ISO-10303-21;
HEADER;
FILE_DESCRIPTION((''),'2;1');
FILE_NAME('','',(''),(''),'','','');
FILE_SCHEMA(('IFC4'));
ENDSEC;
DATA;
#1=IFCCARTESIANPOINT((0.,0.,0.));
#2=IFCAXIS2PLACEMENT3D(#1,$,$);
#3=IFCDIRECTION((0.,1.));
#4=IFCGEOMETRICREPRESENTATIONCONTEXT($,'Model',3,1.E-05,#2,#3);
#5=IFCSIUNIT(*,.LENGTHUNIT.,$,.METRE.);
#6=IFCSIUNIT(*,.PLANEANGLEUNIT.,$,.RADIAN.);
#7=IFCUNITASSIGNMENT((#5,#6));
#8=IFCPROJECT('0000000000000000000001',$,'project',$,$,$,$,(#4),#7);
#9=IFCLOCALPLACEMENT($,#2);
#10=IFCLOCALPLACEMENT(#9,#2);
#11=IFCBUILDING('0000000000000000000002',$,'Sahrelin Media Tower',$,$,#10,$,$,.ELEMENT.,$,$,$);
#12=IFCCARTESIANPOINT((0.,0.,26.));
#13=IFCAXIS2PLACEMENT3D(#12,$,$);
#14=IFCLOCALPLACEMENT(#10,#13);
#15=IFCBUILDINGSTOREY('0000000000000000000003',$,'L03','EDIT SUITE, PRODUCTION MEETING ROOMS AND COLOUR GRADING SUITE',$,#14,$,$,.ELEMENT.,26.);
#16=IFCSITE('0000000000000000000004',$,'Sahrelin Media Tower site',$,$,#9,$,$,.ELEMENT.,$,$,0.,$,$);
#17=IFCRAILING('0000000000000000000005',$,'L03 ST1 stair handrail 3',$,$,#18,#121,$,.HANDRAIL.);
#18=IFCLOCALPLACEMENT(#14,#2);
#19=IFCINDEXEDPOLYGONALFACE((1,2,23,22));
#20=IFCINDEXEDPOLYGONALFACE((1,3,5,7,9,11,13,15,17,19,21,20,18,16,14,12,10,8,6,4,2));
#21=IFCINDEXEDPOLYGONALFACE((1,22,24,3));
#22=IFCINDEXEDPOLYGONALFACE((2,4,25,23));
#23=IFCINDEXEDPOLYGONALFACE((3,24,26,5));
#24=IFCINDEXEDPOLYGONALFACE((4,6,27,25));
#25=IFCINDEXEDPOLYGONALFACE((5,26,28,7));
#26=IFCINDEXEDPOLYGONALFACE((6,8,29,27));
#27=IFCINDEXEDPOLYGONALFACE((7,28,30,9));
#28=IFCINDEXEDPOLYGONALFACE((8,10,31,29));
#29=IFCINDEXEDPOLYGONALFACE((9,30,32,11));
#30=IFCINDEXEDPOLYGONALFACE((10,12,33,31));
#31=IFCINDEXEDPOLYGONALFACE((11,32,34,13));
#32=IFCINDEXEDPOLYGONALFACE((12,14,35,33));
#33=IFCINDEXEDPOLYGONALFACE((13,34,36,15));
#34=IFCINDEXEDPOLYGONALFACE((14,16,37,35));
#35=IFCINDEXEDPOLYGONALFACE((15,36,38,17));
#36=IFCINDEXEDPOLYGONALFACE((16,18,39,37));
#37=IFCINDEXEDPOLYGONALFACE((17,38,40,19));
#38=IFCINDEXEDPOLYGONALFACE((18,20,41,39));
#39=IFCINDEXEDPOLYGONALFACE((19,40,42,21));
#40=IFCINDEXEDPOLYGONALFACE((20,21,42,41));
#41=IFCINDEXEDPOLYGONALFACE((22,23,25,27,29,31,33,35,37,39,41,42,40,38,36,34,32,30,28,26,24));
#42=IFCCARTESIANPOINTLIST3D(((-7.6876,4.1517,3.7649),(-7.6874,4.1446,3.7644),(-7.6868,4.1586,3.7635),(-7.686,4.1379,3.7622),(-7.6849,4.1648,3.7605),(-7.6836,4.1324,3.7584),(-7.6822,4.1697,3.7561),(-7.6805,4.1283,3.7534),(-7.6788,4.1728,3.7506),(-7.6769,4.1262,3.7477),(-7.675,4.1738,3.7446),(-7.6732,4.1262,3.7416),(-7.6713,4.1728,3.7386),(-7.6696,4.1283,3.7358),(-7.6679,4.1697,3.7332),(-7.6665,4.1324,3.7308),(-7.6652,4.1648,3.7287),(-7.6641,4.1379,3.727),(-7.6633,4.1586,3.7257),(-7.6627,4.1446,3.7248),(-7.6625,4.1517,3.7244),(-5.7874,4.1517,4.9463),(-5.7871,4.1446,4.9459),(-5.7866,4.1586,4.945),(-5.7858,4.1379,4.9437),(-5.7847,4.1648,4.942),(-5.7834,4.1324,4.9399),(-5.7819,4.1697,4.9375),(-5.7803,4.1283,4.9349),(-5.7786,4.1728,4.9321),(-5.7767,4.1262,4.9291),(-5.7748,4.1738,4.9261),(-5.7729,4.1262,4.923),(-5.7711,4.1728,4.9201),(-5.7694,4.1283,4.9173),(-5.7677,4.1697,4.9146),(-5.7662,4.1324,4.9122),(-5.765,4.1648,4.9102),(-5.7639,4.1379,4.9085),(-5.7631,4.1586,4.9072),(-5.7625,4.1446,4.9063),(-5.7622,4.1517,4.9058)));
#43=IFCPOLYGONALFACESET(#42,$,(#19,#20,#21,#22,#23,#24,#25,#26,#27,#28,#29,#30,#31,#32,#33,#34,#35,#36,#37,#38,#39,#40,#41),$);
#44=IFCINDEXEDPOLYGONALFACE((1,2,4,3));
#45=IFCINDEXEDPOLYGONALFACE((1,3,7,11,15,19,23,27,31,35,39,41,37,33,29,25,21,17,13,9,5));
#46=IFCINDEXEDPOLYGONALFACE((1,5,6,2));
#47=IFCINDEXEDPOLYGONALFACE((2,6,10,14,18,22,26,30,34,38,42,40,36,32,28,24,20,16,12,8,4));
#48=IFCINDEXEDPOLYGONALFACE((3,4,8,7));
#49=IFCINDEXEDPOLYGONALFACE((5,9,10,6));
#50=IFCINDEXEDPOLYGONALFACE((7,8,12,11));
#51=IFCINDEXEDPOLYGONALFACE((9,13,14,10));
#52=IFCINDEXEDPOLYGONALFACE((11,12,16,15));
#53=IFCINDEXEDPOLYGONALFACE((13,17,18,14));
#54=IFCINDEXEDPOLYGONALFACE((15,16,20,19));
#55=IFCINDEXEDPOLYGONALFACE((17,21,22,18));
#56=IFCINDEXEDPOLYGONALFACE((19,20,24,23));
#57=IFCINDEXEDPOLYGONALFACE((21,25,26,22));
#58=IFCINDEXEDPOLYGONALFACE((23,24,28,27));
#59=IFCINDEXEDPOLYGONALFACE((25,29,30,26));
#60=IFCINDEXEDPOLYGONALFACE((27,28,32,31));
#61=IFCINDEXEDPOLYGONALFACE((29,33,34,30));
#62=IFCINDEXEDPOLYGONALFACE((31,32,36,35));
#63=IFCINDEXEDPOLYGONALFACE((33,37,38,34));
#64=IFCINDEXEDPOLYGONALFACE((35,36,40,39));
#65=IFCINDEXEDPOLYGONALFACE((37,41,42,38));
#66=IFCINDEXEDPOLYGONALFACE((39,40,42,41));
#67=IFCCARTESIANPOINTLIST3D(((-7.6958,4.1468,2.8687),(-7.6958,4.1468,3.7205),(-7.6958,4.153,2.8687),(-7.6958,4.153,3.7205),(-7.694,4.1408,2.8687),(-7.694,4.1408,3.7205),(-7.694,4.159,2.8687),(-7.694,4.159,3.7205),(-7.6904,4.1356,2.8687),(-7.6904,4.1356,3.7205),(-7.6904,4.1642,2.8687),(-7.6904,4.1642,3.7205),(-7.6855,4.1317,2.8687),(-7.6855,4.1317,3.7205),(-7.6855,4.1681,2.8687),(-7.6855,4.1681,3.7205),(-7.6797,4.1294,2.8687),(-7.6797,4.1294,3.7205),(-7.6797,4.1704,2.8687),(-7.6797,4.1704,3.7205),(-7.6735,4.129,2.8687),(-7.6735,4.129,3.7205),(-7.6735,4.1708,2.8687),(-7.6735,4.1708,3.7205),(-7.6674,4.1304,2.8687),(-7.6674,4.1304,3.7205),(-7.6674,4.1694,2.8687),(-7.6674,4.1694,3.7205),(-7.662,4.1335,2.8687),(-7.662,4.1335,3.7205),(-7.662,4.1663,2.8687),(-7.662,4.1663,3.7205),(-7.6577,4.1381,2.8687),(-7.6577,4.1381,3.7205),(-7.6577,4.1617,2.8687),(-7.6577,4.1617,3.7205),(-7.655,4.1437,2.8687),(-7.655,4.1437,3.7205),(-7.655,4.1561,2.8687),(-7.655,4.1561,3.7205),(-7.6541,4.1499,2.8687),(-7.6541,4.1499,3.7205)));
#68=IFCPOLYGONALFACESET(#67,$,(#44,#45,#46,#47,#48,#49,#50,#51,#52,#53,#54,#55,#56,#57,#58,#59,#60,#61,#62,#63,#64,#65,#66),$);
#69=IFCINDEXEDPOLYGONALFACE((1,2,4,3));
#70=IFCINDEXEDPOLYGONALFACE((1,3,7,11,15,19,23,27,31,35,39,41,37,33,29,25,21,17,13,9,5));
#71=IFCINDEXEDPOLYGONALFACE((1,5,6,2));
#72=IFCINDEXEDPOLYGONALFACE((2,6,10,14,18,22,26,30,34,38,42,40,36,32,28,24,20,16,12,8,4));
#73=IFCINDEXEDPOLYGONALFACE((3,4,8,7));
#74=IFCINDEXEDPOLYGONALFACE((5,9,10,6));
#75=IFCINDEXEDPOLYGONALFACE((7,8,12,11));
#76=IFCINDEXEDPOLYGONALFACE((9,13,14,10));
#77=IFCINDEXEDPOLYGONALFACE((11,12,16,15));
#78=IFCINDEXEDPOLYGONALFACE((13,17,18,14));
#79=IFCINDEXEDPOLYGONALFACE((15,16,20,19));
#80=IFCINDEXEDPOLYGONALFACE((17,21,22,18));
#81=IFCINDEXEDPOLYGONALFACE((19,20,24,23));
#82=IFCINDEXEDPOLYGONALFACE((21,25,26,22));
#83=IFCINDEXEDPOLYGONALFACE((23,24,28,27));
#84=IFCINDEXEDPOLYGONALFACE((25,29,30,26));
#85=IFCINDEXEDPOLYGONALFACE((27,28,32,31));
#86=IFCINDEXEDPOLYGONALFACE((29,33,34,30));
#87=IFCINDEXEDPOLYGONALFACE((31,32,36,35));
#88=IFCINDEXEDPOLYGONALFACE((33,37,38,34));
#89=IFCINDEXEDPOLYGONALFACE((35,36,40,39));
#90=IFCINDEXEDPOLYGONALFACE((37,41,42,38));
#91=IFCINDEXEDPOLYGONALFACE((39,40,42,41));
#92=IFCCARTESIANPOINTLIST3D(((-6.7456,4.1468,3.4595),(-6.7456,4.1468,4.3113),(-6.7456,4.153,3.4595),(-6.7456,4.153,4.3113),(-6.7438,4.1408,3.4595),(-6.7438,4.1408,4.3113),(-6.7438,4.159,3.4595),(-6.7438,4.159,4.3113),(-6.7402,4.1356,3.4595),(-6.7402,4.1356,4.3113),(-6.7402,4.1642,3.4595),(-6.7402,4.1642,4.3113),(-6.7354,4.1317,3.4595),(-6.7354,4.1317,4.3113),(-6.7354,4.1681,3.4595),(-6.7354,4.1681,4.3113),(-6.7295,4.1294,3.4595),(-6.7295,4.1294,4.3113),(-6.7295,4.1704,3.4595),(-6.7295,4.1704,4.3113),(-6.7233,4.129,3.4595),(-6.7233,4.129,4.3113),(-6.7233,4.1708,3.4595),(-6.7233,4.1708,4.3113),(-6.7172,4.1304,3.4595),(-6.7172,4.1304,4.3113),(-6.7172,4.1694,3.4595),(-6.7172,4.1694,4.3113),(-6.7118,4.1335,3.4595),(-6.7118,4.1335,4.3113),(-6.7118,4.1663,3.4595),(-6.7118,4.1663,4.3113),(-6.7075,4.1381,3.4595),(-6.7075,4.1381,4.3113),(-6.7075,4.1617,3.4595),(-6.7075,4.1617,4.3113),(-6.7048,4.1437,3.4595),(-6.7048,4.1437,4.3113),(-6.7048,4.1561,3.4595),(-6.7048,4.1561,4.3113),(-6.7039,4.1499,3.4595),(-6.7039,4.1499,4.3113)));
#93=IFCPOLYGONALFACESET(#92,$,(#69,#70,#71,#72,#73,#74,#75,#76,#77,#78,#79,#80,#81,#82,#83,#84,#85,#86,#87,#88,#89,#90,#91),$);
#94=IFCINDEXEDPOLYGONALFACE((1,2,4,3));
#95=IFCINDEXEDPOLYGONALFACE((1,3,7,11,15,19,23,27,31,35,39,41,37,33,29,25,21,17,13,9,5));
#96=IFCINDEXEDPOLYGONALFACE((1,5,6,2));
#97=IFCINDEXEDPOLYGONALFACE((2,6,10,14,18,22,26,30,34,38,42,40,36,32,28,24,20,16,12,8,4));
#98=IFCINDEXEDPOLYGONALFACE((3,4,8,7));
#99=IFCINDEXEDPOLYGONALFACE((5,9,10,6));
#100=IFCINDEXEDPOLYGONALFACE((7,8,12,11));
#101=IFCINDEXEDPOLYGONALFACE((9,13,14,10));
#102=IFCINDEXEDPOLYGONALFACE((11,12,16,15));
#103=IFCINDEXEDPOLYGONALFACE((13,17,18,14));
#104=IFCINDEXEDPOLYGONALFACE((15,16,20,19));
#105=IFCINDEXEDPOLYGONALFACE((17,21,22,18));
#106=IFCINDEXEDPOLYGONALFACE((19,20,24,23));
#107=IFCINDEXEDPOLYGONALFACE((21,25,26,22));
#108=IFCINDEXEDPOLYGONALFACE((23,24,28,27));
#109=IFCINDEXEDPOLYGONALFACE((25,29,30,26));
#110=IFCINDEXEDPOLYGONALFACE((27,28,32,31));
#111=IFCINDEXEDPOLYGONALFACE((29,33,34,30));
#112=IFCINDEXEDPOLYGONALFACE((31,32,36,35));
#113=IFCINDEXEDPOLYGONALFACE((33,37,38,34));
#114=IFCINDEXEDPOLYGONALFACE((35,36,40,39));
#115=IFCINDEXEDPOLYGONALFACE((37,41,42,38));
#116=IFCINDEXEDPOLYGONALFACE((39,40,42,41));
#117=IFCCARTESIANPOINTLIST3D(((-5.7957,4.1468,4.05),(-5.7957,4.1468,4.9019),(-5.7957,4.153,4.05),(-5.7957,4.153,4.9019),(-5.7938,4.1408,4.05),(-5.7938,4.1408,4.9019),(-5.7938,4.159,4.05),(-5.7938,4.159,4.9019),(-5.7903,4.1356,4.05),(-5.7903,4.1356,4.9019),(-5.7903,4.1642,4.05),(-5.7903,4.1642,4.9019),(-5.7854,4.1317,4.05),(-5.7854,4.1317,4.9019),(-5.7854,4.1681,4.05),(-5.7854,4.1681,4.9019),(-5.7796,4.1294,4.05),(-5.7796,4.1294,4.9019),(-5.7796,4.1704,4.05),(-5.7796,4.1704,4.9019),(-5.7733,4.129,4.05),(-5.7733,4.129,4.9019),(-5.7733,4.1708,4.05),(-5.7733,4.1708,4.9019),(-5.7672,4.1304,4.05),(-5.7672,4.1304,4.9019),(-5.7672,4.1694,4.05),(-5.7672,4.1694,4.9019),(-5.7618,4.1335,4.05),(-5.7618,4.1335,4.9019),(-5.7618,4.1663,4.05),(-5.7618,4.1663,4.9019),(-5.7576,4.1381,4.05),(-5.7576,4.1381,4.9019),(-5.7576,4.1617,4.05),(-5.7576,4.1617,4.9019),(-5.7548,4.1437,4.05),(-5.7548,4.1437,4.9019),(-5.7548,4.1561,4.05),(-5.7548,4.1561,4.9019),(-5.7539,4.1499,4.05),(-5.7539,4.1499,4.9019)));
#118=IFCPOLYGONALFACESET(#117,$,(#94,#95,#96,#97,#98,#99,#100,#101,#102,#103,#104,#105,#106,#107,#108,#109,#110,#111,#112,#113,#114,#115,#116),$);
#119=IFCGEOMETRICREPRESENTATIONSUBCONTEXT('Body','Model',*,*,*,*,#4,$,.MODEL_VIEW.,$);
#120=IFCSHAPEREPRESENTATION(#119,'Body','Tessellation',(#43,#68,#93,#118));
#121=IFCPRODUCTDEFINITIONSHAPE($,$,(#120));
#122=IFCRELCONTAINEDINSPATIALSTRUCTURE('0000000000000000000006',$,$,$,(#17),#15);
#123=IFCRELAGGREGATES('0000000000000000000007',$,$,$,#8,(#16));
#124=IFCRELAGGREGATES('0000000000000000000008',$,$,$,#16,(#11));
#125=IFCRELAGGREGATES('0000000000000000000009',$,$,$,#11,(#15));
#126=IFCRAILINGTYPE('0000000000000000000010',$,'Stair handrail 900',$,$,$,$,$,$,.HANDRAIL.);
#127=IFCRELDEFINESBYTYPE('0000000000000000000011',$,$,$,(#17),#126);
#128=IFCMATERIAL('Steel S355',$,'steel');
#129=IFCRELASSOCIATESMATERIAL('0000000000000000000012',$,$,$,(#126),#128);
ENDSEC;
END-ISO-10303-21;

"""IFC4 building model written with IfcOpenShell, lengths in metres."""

from ifc_helpers import new_model, si_unit, direction, frame, origin, origin_2d, place, context, subcontext, project, spatial, circle, extrude, material, type_object, element, save


model = new_model("IFC4")

# Units and contexts
model_context = context("Model", 3, precision=1e-05, world=origin(), true_north=direction((0.0, 1.0)))
body_context = subcontext(model_context, "Body", "Model", "MODEL_VIEW")
ifc_project = project(units=[si_unit("LENGTHUNIT", "METRE"), si_unit("PLANEANGLEUNIT", "RADIAN")], contexts=[model_context])

# Site, building, storey
site_placement = place(None, origin())
site = spatial("IfcSite", under=ifc_project, at=site_placement, Name="Sahrelin Media Tower site", CompositionType="ELEMENT", RefElevation=0.0)
building_placement = place(site_placement, origin())
building = spatial("IfcBuilding", under=site, at=building_placement, Name="Sahrelin Media Tower", CompositionType="ELEMENT")
storey_placement = place(building_placement, frame((0.0, 0.0, 26.0)))
storey = spatial("IfcBuildingStorey", under=building, at=storey_placement, Name="L03", Description="EDIT SUITE, PRODUCTION MEETING ROOMS AND COLOUR GRADING SUITE", CompositionType="ELEMENT", Elevation=26.0)

# Shared definitions
ifc_material_1 = material(Name="Steel S355", Category="steel")

# Railing
railing_type_1 = type_object("IfcRailingType", Name="Stair handrail 900", PredefinedType="HANDRAIL", material=ifc_material_1)
for number, where, name in (
    (1, (-7.675, 4.1499, 2.8687), "L03 ST1 stair handrail 3"),
):
    element("IfcRailing", number, at=place(storey_placement, frame(where)), inside=storey, type_object=railing_type_1, Name=name, PredefinedType="HANDRAIL", context=body_context, shape_type="SweptSolid", body=[
        extrude(circle(Radius=0.0239, at=origin_2d()), frame((0.0, 0.0, 0.876), z_axis=(0.84924, 0.0, 0.528006), x_axis=(0.0, 1.0, 0.0)), (0.0, 0.0, 1.0), 2.2375),
        extrude(circle(Radius=0.021, at=origin_2d()), origin(), (0.0, 0.0, 1.0), 0.8518),
        extrude(circle(Radius=0.021, at=origin_2d()), frame((0.9502, 0.0, 0.5908)), (0.0, 0.0, 1.0), 0.8518),
        extrude(circle(Radius=0.021, at=origin_2d()), frame((1.9001, 0.0, 1.1814)), (0.0, 0.0, 1.0), 0.8518),
    ])

save(model, "model.ifc")
